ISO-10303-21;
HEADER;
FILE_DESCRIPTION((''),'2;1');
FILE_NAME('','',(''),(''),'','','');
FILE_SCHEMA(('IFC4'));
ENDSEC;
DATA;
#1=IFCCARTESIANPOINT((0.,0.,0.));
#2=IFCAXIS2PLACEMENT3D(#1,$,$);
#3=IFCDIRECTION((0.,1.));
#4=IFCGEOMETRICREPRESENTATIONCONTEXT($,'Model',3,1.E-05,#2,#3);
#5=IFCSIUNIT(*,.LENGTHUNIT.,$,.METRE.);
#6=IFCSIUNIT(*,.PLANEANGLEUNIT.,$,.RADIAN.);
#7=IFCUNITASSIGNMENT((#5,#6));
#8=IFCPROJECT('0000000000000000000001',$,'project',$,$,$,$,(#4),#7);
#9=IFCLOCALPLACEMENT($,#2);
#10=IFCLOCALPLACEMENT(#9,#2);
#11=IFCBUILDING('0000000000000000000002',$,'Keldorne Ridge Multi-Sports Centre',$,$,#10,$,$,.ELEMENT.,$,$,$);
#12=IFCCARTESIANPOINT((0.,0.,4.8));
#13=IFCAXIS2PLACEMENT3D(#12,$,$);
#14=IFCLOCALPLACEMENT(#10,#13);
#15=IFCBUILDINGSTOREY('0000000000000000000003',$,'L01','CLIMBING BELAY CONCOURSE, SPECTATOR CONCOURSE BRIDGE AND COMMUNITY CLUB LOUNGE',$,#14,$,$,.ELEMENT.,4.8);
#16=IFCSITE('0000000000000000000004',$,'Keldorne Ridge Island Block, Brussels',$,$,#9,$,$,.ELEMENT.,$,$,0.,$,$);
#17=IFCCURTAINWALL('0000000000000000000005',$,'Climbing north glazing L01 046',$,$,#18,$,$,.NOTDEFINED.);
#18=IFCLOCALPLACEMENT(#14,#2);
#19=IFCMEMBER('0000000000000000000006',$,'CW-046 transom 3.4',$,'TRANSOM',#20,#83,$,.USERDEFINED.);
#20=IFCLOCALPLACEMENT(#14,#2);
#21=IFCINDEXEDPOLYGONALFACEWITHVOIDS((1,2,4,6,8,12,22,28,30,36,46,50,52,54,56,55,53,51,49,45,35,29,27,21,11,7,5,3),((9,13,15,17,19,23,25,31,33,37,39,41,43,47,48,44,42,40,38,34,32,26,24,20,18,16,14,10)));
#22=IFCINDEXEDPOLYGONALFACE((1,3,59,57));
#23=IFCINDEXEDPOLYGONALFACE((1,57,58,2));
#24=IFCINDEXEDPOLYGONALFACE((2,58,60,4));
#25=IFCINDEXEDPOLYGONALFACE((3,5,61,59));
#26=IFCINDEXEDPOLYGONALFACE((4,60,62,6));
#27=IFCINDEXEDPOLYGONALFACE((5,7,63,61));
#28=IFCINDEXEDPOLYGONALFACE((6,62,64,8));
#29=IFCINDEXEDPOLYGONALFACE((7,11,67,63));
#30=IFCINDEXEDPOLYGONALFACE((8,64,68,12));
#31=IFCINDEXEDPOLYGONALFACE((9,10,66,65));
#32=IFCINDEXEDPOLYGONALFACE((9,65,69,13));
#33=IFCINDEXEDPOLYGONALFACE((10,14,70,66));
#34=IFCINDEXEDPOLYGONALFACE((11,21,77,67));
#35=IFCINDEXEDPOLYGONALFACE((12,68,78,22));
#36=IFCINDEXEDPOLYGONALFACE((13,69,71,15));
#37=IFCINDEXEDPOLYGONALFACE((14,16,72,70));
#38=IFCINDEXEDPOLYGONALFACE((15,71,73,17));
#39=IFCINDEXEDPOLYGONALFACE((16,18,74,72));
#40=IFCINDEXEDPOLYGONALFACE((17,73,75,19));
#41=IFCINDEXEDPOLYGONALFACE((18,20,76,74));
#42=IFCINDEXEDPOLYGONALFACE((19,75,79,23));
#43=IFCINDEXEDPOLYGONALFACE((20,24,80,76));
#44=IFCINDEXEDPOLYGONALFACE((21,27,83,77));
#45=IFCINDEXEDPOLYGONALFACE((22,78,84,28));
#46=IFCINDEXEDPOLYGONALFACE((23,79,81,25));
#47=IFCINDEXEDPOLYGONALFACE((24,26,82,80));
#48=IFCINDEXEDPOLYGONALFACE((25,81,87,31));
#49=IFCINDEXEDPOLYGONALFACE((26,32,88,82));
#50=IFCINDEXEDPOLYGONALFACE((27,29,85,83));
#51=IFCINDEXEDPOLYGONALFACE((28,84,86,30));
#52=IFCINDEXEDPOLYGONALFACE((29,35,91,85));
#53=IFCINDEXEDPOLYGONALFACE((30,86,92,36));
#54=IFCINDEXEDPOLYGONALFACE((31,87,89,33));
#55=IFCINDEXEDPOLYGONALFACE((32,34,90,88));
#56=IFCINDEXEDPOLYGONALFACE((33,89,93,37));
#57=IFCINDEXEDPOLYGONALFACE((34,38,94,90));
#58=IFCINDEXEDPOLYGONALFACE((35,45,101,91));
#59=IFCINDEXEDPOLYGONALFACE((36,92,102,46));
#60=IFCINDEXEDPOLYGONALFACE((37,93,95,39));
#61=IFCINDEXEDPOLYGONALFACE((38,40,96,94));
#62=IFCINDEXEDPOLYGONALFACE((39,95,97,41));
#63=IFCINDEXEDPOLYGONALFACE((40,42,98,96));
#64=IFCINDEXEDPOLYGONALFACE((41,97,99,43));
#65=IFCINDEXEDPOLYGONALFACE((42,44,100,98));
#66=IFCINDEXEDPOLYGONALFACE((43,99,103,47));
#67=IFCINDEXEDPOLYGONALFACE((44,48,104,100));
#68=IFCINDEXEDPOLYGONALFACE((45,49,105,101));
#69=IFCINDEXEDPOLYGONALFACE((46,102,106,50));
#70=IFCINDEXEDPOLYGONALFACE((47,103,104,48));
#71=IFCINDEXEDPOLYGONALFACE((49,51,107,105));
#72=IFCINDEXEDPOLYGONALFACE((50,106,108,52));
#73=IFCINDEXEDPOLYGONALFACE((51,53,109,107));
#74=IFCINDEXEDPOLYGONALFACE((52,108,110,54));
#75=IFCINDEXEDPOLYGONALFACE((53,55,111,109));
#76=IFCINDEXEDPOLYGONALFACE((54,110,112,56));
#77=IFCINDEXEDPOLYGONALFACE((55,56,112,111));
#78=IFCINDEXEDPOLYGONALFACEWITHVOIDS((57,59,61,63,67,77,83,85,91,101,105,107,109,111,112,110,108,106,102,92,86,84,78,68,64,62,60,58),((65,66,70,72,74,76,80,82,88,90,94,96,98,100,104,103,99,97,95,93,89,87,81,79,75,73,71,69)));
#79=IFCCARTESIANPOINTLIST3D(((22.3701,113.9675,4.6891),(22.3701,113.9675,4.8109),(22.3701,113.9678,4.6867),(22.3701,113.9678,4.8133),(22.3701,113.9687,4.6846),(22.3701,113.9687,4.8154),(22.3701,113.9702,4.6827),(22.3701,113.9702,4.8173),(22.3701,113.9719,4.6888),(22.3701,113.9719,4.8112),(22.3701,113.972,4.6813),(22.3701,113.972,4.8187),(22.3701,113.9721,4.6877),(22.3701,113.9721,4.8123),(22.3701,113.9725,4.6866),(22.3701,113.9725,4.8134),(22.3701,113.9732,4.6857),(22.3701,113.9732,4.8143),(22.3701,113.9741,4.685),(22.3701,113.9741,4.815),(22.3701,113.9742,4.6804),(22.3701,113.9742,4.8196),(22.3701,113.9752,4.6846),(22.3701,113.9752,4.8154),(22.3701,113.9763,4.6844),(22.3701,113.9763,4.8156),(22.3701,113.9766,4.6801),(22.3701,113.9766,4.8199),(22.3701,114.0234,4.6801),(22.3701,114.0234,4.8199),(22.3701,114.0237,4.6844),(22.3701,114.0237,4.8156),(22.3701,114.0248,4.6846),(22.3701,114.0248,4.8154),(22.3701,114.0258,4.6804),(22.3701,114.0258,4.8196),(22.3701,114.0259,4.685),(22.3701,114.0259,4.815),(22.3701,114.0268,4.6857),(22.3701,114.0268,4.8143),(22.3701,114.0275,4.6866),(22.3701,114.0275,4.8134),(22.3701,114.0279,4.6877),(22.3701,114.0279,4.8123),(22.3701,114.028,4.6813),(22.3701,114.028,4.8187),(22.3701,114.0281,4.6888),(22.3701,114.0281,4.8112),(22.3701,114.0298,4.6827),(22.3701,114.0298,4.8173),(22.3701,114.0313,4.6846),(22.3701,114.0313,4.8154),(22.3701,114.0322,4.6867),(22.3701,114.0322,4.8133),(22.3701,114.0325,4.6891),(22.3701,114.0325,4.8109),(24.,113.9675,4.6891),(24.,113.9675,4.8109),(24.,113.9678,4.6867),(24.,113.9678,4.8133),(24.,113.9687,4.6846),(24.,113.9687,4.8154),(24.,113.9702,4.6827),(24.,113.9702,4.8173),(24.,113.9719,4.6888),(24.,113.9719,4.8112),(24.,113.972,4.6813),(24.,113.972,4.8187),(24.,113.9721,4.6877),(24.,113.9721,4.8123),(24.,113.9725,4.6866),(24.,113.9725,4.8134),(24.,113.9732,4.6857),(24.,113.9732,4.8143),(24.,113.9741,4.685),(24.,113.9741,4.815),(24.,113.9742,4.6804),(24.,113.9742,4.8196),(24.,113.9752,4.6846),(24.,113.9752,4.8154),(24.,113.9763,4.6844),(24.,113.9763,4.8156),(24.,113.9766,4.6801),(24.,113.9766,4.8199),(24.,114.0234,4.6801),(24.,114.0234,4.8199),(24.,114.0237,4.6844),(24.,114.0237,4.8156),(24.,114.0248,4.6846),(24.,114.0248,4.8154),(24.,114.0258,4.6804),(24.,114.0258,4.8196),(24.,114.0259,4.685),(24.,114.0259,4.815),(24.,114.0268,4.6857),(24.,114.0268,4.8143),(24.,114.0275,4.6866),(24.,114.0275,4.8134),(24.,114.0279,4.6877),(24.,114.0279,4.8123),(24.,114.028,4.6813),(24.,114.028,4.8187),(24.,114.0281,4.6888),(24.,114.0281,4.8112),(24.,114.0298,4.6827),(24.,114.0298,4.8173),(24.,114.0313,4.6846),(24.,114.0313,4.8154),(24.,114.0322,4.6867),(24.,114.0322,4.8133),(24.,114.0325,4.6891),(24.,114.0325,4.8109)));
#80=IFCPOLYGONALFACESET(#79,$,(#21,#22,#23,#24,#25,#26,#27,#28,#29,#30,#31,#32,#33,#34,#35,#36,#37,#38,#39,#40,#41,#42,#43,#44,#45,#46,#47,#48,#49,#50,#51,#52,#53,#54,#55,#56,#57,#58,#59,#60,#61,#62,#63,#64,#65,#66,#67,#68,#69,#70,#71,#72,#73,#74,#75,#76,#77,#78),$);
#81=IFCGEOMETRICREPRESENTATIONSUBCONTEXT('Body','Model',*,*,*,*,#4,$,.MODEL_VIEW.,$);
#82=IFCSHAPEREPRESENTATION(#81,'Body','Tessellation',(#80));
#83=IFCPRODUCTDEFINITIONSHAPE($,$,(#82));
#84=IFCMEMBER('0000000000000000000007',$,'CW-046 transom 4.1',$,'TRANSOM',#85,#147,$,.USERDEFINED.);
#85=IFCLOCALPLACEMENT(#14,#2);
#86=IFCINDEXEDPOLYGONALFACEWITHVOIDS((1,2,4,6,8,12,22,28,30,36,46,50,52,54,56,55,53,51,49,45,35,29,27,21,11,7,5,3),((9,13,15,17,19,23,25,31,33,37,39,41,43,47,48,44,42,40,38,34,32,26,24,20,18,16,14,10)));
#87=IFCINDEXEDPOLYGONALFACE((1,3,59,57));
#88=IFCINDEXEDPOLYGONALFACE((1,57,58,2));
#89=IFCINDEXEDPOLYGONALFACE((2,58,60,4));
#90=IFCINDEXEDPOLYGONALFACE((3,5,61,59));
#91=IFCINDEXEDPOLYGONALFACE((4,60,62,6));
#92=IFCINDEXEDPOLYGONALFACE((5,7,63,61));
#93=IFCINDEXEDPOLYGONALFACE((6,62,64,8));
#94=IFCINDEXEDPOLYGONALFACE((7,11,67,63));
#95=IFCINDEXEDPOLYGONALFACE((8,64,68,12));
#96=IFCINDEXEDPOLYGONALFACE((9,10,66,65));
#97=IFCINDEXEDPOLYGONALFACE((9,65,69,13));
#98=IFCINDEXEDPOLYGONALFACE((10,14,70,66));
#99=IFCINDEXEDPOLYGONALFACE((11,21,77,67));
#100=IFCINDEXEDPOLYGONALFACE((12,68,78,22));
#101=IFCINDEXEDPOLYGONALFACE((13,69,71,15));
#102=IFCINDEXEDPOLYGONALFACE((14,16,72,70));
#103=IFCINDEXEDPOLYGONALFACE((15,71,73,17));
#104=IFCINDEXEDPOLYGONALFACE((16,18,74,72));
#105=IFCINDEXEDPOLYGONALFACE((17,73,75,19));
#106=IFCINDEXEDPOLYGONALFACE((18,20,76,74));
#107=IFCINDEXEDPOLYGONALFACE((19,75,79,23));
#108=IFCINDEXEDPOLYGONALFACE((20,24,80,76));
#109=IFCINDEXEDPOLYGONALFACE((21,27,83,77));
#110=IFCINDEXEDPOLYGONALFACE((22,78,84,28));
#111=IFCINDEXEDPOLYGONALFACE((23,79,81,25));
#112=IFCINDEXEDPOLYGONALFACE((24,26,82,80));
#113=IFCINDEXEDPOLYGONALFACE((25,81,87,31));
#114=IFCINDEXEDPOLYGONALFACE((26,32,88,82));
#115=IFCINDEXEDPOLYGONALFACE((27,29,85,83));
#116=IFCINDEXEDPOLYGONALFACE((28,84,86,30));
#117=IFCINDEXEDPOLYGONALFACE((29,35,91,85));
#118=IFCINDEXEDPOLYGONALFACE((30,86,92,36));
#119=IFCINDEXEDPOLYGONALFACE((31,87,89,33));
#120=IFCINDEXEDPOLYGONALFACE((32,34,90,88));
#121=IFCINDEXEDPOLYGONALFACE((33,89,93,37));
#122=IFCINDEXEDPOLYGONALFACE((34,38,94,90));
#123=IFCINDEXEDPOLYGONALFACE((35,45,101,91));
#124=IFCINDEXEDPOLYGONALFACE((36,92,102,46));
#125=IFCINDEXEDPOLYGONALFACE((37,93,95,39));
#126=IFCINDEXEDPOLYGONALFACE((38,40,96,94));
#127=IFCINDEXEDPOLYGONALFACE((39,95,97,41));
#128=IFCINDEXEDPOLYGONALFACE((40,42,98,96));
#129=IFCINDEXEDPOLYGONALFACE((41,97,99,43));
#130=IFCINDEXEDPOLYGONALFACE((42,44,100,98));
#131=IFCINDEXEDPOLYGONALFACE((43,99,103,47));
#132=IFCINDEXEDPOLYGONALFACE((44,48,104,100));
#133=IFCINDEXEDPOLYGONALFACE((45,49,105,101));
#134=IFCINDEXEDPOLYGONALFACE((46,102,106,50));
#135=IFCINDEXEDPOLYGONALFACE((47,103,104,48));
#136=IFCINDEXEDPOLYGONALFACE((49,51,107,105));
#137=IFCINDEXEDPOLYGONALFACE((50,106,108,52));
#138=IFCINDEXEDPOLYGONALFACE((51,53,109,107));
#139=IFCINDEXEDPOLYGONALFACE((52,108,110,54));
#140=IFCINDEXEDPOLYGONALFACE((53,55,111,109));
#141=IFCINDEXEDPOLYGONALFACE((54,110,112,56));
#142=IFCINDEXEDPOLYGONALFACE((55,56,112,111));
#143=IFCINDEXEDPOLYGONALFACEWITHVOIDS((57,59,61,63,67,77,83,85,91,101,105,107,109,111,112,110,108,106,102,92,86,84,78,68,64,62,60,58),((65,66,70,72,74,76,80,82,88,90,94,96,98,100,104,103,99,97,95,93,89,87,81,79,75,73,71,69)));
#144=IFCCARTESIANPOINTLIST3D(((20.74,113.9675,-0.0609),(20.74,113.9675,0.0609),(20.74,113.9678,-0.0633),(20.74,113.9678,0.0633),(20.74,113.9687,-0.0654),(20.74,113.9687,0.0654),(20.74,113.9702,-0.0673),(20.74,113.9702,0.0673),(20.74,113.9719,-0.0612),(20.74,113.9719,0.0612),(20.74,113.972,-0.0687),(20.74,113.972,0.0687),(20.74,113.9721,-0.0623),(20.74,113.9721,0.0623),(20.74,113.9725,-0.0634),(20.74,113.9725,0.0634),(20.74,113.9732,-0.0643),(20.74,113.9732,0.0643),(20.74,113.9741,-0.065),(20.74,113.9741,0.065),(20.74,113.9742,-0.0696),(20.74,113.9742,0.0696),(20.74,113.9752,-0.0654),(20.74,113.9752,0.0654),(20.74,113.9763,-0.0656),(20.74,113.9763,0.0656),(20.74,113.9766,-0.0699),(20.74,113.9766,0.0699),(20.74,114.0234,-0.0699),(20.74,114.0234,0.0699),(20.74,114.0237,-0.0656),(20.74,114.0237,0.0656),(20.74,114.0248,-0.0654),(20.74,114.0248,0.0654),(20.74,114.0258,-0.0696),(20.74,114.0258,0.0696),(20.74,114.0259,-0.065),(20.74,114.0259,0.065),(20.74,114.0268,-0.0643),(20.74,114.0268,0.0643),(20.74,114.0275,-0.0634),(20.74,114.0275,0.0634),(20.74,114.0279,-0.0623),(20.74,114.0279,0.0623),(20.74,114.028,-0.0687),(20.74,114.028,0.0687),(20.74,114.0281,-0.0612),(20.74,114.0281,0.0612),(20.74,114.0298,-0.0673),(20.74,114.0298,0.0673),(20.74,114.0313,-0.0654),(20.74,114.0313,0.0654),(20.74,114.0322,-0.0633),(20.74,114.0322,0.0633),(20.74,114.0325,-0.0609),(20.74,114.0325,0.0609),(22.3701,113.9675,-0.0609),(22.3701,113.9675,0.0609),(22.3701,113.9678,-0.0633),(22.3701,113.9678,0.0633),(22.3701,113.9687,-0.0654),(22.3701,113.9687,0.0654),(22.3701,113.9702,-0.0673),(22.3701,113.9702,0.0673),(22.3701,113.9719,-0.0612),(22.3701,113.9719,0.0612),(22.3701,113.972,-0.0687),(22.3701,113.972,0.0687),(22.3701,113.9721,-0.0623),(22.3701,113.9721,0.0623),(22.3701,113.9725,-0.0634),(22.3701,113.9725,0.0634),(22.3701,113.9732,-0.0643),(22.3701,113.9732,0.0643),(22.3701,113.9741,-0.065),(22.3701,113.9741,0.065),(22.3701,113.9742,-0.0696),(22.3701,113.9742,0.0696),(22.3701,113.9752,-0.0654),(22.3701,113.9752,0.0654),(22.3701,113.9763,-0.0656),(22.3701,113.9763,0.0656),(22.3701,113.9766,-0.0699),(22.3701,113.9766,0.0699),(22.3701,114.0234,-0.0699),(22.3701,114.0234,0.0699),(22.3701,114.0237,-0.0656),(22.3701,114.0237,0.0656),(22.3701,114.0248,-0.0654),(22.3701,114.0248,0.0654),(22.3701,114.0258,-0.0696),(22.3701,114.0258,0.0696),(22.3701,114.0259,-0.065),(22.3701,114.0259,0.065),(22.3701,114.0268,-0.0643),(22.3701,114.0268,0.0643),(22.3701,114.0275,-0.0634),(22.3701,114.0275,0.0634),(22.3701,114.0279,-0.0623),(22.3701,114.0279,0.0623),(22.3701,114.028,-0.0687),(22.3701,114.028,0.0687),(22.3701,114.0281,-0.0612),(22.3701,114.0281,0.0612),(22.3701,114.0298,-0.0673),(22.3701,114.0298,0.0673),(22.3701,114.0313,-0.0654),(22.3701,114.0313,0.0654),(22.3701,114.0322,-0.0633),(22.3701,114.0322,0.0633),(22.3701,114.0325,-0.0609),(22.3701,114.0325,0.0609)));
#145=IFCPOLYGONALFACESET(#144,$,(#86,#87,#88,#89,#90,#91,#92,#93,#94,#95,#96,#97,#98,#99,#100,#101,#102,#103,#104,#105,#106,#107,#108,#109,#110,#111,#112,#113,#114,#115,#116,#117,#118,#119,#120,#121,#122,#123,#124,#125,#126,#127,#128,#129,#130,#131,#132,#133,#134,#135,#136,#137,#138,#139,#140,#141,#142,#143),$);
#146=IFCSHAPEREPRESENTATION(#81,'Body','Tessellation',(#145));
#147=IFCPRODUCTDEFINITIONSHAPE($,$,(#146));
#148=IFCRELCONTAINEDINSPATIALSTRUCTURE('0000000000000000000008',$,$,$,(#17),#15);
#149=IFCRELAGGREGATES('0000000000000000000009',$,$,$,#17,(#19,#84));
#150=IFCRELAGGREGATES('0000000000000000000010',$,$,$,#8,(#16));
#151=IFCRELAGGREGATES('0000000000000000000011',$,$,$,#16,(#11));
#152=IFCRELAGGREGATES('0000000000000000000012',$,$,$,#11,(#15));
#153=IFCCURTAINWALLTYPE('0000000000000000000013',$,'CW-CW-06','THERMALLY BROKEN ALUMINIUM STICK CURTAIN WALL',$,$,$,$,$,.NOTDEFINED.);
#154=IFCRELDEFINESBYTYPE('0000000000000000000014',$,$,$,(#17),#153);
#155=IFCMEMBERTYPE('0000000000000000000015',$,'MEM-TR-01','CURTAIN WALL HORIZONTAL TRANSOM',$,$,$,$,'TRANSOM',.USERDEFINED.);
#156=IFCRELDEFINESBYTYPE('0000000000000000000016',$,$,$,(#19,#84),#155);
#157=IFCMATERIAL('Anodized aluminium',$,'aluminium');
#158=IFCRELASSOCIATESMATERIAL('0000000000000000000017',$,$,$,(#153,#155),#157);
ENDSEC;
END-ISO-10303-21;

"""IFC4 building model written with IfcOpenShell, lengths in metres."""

from ifc_helpers import new_model, si_unit, direction, frame, origin, origin_2d, place, context, subcontext, project, spatial, hollow_rectangle, extrude, material, material_profile, profile_set, type_object, element, aggregate, save


model = new_model("IFC4")

# Units and contexts
model_context = context("Model", 3, precision=1e-05, world=origin(), true_north=direction((0.0, 1.0)))
body_context = subcontext(model_context, "Body", "Model", "MODEL_VIEW")
ifc_project = project(units=[si_unit("LENGTHUNIT", "METRE"), si_unit("PLANEANGLEUNIT", "RADIAN")], contexts=[model_context])

# Site, building, storey
site_placement = place(None, origin())
site = spatial("IfcSite", under=ifc_project, at=site_placement, Name="Keldorne Ridge Island Block, Brussels", CompositionType="ELEMENT", RefElevation=0.0)
building_placement = place(site_placement, origin())
building = spatial("IfcBuilding", under=site, at=building_placement, Name="Keldorne Ridge Multi-Sports Centre", CompositionType="ELEMENT")
storey_placement = place(building_placement, frame((0.0, 0.0, 4.8)))
storey = spatial("IfcBuildingStorey", under=building, at=storey_placement, Name="L01", Description="CLIMBING BELAY CONCOURSE, SPECTATOR CONCOURSE BRIDGE AND COMMUNITY CLUB LOUNGE", CompositionType="ELEMENT", Elevation=4.8)

# Curtain wall
ifc_material_1 = material(Name="Anodized aluminium", Category="aluminium")
curtain_wall_type_1 = type_object("IfcCurtainWallType", Name="CW-CW-06", Description="THERMALLY BROKEN ALUMINIUM STICK CURTAIN WALL", PredefinedType="NOTDEFINED", material=ifc_material_1)
curtain_wall_1_placement = place(storey_placement, origin())
curtain_wall_1 = element("IfcCurtainWall", 1, at=curtain_wall_1_placement, inside=storey, type_object=curtain_wall_type_1, Name="Climbing north glazing L01 046", PredefinedType="NOTDEFINED")

# Members
ifc_material_profile_1 = material_profile(ifc_material_1, hollow_rectangle(XDim=0.0649, YDim=0.1399, WallThickness=0.0044, InnerFilletRadius=0.0044, OuterFilletRadius=0.009, at=origin_2d()), Name="ALU TRANSOM 140x65x4.5")
ifc_profile_set_1 = profile_set([ifc_material_profile_1], Name="Anodized aluminium")
member_type_1 = type_object("IfcMemberType", Name="MEM-TR-01", Description="CURTAIN WALL HORIZONTAL TRANSOM", ElementType="TRANSOM", PredefinedType="USERDEFINED", material=ifc_profile_set_1)
member_1_placement = place(storey_placement, frame((24.0, 114.0, 4.75), z_axis=(-1.0, 0.0, 0.0), x_axis=(0.0, -1.0, 0.0)))
member_1 = element("IfcMember", 2, at=member_1_placement, type_object=member_type_1, Name="CW-046 transom 3.4", ObjectType="TRANSOM", PredefinedType="USERDEFINED", context=body_context, shape_type="SweptSolid", body=[
    extrude(hollow_rectangle(XDim=0.0649, YDim=0.1399, WallThickness=0.0044, InnerFilletRadius=0.0044, OuterFilletRadius=0.009, at=origin_2d()), origin(), (0.0, 0.0, 1.0), 1.6299),
])
member_2_placement = place(storey_placement, frame((22.3701, 114.0, 0.0), z_axis=(-1.0, 0.0, 0.0), x_axis=(0.0, -1.0, 0.0)))
member_2 = element("IfcMember", 3, at=member_2_placement, type_object=member_type_1, Name="CW-046 transom 4.1", ObjectType="TRANSOM", PredefinedType="USERDEFINED", context=body_context, shape_type="SweptSolid", body=[
    extrude(hollow_rectangle(XDim=0.0649, YDim=0.1399, WallThickness=0.0044, InnerFilletRadius=0.0044, OuterFilletRadius=0.009, at=origin_2d()), origin(), (0.0, 0.0, 1.0), 1.6301),
])

aggregate(curtain_wall_1, [member_1, member_2])

save(model, "model.ifc")
